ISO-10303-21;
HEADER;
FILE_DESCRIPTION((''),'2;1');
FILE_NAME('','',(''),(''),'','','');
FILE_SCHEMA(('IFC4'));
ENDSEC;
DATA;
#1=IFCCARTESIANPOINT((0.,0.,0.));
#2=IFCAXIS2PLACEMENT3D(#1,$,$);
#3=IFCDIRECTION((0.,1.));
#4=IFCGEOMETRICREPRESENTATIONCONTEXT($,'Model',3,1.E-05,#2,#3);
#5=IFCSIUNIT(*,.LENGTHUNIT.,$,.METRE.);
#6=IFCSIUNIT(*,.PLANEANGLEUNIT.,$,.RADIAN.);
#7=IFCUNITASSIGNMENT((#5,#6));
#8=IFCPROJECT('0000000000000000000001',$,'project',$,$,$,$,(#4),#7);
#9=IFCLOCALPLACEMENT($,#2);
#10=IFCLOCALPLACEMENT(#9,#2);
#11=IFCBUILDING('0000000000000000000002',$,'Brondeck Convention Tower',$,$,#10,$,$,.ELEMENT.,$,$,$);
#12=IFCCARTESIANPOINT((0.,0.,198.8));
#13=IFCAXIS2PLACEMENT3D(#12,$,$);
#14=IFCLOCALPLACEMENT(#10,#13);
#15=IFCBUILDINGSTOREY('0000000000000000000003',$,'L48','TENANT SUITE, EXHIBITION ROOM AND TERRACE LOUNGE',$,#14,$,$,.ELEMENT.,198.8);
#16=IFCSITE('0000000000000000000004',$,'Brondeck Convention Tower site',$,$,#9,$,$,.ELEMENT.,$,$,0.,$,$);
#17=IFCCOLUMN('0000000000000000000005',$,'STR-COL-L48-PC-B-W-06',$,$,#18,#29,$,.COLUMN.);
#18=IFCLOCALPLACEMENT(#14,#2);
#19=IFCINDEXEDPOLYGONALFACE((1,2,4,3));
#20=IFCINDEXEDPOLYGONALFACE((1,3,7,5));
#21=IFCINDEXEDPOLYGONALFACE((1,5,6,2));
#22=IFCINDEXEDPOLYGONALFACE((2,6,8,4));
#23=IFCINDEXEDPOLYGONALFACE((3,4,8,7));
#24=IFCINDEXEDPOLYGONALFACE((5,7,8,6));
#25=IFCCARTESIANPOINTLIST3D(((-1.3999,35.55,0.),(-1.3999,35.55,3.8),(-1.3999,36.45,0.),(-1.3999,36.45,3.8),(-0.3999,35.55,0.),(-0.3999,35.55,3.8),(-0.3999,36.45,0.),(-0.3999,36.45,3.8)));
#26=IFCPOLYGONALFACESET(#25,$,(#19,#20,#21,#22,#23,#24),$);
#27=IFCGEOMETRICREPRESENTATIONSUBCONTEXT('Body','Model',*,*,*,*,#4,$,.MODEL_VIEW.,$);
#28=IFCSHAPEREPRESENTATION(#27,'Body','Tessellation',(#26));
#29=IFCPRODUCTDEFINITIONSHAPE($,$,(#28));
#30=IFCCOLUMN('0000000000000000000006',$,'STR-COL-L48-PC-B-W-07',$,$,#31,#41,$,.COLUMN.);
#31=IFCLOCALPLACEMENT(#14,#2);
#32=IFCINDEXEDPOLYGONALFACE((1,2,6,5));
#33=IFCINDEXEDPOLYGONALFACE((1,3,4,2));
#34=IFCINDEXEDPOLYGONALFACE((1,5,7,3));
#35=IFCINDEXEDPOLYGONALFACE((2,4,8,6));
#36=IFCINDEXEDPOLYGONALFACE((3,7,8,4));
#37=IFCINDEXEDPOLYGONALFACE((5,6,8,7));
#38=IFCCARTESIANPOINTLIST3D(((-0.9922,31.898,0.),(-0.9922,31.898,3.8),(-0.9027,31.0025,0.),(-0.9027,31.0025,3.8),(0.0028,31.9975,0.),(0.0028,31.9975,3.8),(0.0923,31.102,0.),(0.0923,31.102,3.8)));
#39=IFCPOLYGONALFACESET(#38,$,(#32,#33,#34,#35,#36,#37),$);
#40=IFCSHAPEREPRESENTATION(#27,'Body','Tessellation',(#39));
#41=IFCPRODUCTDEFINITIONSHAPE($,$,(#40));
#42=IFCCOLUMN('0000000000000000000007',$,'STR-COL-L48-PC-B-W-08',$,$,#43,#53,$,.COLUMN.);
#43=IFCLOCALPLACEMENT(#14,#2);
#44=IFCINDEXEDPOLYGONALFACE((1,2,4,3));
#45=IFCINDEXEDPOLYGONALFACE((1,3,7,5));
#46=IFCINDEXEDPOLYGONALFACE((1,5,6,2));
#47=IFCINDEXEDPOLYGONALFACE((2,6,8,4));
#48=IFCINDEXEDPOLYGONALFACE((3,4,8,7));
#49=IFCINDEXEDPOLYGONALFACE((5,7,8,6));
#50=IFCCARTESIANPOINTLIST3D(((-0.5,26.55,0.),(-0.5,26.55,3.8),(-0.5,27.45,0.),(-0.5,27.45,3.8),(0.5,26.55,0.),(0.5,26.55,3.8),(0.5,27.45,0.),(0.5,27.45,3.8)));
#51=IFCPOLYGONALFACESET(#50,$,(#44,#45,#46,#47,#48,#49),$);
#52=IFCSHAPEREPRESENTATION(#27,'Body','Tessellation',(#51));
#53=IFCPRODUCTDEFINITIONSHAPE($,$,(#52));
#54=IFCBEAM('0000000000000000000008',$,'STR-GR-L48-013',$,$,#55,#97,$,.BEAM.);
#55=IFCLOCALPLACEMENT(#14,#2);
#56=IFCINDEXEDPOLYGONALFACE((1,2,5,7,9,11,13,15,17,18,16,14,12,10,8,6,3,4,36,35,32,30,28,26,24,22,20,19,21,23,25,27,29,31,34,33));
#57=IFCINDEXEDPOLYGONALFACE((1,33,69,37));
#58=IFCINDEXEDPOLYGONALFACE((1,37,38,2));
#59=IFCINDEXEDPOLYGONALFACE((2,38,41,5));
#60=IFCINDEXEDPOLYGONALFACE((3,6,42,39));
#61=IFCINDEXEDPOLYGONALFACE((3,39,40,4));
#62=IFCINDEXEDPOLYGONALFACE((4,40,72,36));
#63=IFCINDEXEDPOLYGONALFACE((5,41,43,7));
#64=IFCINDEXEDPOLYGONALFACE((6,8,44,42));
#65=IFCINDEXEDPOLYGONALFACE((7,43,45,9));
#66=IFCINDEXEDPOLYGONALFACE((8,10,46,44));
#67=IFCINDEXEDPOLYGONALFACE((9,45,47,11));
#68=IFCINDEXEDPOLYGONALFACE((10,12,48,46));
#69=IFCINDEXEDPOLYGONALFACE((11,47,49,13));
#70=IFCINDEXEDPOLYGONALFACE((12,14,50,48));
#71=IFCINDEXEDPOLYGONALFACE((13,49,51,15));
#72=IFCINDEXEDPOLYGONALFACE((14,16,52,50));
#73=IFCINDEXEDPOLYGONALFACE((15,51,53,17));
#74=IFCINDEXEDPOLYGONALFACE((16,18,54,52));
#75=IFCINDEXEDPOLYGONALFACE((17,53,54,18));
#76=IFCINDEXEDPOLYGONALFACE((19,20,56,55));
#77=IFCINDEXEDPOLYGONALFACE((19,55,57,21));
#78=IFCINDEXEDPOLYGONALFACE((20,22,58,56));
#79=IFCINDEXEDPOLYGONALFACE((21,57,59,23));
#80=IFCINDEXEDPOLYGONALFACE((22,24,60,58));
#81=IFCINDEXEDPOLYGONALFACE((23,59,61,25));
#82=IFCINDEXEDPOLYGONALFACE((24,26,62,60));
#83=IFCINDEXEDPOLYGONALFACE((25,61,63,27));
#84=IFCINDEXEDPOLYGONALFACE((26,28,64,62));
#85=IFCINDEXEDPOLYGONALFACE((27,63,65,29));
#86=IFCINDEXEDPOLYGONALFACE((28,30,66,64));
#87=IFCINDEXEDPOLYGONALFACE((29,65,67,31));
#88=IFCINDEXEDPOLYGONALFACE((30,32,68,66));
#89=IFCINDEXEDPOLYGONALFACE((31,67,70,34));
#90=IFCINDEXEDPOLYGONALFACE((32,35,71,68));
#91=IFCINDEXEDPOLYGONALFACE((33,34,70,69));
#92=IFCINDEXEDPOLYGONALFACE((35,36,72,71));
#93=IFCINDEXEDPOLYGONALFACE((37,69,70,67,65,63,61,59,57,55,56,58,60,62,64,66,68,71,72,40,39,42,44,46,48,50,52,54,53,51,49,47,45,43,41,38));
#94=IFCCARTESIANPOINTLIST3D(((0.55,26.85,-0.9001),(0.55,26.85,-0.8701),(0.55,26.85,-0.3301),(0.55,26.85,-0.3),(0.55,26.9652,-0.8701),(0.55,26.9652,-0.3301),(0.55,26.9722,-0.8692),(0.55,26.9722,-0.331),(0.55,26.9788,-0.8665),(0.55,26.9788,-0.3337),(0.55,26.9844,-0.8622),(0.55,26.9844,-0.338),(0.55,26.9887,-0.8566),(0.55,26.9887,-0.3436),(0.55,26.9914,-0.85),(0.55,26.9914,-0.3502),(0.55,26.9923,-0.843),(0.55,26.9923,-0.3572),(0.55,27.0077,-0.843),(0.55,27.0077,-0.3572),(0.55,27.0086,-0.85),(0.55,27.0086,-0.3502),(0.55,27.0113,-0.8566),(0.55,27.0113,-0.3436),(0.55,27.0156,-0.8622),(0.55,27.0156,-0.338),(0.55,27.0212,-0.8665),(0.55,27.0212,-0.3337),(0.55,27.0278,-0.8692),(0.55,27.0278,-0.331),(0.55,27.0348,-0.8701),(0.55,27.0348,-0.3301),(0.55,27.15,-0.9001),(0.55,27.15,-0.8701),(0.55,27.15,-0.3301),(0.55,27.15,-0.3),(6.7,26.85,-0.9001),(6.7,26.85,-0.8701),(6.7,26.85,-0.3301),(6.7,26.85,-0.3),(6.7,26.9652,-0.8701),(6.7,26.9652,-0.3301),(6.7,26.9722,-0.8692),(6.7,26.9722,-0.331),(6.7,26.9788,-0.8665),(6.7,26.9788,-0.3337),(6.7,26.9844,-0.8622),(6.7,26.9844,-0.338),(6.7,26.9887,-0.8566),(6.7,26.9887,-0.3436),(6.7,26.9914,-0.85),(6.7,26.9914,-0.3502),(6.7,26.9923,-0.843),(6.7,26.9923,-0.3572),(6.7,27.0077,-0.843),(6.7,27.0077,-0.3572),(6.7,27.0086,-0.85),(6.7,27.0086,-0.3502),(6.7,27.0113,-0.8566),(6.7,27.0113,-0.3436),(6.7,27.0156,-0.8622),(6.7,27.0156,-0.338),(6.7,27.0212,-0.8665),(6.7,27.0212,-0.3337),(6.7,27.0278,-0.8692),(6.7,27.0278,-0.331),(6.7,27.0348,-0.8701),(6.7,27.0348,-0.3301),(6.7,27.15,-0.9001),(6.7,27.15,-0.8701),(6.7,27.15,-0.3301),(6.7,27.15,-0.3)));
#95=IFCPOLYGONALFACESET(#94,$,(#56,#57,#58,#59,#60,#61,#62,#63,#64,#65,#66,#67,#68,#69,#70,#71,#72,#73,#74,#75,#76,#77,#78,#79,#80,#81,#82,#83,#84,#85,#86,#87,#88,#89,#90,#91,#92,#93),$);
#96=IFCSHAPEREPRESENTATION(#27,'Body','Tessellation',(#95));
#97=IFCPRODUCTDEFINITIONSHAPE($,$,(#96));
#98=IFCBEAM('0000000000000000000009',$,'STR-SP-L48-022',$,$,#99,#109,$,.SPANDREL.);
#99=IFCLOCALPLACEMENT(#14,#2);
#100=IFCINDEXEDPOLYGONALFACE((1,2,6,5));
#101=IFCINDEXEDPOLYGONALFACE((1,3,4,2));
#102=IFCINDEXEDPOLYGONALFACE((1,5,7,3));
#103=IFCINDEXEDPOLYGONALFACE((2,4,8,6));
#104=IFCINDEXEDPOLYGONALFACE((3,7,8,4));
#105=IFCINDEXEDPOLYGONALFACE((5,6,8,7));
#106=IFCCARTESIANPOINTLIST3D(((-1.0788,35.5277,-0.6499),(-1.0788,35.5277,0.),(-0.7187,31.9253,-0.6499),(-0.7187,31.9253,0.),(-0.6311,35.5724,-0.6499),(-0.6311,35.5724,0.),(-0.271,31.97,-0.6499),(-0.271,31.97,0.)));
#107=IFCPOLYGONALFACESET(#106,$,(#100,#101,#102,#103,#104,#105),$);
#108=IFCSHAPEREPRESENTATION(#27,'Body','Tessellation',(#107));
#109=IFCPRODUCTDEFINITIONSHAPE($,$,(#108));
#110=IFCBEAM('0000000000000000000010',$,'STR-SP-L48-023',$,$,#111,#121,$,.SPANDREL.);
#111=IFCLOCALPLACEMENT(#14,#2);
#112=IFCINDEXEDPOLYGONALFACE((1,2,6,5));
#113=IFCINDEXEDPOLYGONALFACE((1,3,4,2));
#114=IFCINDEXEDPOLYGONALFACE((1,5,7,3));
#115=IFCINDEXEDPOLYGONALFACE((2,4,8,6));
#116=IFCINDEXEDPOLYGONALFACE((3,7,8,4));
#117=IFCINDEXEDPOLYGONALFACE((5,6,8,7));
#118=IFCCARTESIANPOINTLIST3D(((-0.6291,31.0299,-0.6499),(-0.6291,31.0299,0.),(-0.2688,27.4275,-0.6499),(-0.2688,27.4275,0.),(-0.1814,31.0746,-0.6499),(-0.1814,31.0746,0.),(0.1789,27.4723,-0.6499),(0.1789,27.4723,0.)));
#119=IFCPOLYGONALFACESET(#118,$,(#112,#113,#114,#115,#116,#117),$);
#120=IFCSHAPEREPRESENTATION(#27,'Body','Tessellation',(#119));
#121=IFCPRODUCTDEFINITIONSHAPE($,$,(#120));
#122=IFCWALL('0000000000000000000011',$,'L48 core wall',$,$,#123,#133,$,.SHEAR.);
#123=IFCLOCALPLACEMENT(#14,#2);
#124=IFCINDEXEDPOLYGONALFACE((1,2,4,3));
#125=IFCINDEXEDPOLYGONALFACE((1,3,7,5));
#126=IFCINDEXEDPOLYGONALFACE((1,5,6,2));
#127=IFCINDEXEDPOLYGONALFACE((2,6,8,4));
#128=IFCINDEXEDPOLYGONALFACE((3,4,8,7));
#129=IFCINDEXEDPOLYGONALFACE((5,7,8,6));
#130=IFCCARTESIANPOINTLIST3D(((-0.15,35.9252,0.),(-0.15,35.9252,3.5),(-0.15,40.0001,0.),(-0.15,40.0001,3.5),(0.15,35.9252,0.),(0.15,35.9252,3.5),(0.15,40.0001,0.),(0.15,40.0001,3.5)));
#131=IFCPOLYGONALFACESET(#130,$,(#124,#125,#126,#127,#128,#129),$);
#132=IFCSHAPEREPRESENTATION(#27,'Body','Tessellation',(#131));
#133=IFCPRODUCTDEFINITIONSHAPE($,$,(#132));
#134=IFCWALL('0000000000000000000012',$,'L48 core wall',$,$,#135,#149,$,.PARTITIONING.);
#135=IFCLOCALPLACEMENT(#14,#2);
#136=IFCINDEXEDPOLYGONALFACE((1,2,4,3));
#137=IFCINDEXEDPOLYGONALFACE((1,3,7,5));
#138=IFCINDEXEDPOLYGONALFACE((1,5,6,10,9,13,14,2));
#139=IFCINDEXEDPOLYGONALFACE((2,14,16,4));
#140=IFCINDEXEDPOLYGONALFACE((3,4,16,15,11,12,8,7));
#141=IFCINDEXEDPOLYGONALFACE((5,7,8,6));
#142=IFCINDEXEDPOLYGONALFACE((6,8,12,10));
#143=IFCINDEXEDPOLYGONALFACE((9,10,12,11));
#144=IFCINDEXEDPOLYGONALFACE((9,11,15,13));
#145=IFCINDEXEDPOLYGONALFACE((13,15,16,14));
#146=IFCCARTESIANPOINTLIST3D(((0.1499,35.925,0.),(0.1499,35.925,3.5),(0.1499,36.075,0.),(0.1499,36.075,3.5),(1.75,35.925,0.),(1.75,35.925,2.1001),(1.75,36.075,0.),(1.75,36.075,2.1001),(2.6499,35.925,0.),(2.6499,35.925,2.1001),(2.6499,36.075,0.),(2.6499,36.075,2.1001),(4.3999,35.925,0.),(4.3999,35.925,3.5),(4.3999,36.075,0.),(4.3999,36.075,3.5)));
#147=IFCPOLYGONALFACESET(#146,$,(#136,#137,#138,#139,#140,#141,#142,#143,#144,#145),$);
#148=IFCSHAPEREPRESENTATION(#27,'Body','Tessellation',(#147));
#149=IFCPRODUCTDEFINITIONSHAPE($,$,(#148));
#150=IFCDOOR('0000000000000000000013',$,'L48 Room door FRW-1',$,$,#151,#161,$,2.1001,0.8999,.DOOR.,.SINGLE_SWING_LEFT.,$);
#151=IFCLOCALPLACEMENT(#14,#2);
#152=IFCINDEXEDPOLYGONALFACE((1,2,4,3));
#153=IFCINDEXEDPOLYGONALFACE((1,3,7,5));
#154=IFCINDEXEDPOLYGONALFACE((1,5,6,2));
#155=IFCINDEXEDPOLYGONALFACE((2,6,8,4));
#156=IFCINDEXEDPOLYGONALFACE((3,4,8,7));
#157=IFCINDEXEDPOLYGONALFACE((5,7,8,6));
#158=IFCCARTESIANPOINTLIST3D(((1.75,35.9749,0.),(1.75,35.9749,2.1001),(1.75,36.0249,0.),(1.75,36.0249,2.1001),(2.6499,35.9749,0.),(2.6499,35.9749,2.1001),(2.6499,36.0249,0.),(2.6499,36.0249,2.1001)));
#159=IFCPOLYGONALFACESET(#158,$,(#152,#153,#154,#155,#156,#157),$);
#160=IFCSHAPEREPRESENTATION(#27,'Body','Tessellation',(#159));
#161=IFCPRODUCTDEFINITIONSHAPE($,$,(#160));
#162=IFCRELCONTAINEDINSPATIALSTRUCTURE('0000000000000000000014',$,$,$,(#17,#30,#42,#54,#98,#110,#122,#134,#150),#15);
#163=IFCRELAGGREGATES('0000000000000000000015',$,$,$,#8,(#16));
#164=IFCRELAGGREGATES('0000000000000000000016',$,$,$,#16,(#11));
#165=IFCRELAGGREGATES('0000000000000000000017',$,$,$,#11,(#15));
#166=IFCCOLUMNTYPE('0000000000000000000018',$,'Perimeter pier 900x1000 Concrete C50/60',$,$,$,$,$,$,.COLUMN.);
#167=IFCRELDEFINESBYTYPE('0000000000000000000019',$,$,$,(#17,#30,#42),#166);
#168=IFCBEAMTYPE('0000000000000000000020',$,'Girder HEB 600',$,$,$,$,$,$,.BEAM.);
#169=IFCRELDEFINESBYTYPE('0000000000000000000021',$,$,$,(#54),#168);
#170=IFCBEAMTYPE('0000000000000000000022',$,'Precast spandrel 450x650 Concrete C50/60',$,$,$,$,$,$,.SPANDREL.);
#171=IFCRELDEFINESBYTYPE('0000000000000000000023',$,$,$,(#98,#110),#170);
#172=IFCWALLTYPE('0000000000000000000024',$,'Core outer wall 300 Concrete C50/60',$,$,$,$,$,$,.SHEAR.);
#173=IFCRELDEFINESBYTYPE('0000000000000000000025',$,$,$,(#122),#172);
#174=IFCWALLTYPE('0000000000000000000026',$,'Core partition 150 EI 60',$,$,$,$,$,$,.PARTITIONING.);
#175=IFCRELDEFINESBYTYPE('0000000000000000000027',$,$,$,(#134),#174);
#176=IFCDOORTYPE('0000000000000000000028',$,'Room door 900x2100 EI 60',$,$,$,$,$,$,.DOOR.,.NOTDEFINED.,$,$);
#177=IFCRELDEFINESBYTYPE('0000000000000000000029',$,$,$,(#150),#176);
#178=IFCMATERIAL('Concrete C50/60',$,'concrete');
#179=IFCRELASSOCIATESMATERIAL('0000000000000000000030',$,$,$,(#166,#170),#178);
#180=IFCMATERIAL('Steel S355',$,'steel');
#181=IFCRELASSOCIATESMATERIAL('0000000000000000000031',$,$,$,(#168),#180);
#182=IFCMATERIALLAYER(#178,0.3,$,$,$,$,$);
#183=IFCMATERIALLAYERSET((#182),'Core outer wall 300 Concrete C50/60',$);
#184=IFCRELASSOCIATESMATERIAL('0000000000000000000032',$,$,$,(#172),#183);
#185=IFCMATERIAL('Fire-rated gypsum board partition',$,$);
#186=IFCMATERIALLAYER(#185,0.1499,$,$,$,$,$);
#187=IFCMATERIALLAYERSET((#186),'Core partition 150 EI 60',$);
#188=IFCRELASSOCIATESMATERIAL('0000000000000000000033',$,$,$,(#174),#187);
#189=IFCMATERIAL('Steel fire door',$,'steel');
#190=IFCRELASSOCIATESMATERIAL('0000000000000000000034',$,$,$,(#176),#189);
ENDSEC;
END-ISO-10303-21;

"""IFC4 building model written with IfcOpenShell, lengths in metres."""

from ifc_helpers import new_model, si_unit, direction, frame, frame_2d, origin, origin_2d, place, context, subcontext, project, spatial, rectangle, i_section, extrude, material, layer, layer_set, material_profile, profile_set, type_object, element, fill, save


model = new_model("IFC4")

# Units and contexts
model_context = context("Model", 3, precision=1e-05, world=origin(), true_north=direction((0.0, 1.0)))
body_context = subcontext(model_context, "Body", "Model", "MODEL_VIEW")
ifc_project = project(units=[si_unit("LENGTHUNIT", "METRE"), si_unit("PLANEANGLEUNIT", "RADIAN")], contexts=[model_context])

# Site, building, storey
site_placement = place(None, origin())
site = spatial("IfcSite", under=ifc_project, at=site_placement, Name="Brondeck Convention Tower site", CompositionType="ELEMENT", RefElevation=0.0)
building_placement = place(site_placement, origin())
building = spatial("IfcBuilding", under=site, at=building_placement, Name="Brondeck Convention Tower", CompositionType="ELEMENT")
storey_placement = place(building_placement, frame((0.0, 0.0, 198.8)))
storey = spatial("IfcBuildingStorey", under=building, at=storey_placement, Name="L48", Description="TENANT SUITE, EXHIBITION ROOM AND TERRACE LOUNGE", CompositionType="ELEMENT", Elevation=198.8)

# Columns
ifc_material_1 = material(Name="Concrete C50/60", Category="concrete")
ifc_material_profile_1 = material_profile(ifc_material_1, rectangle(XDim=0.8999, YDim=1.0, at=origin_2d()), Name="Perimeter pier 900x1000 Concrete C50/60")
ifc_profile_set_1 = profile_set([ifc_material_profile_1], Name="Concrete C50/60")
column_type = type_object("IfcColumnType", Name="Perimeter pier 900x1000 Concrete C50/60", PredefinedType="COLUMN", material=ifc_profile_set_1)
for number, where, z_axis, x_axis, name in (
    (1, (-0.8999, 36.0, 0.0), (0.0, 0.0, 1.0), (0.0, -1.0, 0.0), "STR-COL-L48-PC-B-W-06"),
    (2, (-0.45, 31.5, 0.0), (0.0, 0.0, 1.0), (0.099504, -0.995037, 0.0), "STR-COL-L48-PC-B-W-07"),
    (3, (0.0, 27.0, 0.0), (0.0, 0.0, 1.0), (0.0, -1.0, 0.0), "STR-COL-L48-PC-B-W-08"),
):
    element("IfcColumn", number, at=place(storey_placement, frame(where, z_axis=z_axis, x_axis=x_axis)), inside=storey, type_object=column_type, Name=name, PredefinedType="COLUMN", context=body_context, shape_type="SweptSolid", body=[
        extrude(rectangle(XDim=0.8999, YDim=1.0, at=origin_2d()), origin(), (0.0, 0.0, 1.0), 3.8),
    ])

# Beams
ifc_material_2 = material(Name="Steel S355", Category="steel")
ifc_material_profile_2 = material_profile(ifc_material_2, i_section(OverallWidth=0.3, OverallDepth=0.6001, WebThickness=0.0154, FlangeThickness=0.03, FilletRadius=0.0271, at=origin_2d()), Name="HEB 600")
ifc_profile_set_2 = profile_set([ifc_material_profile_2], Name="Steel S355")
beam_type_1 = type_object("IfcBeamType", Name="Girder HEB 600", PredefinedType="BEAM", material=ifc_profile_set_2)
beam_placement = place(storey_placement, frame((0.55, 27.0, -0.6001), z_axis=(1.0, 0.0, 0.0), x_axis=(0.0, 1.0, 0.0)))
element("IfcBeam", 4, at=beam_placement, inside=storey, type_object=beam_type_1, Name="STR-GR-L48-013", PredefinedType="BEAM", context=body_context, shape_type="SweptSolid", body=[
    extrude(i_section(OverallWidth=0.3, OverallDepth=0.6001, WebThickness=0.0154, FlangeThickness=0.03, FilletRadius=0.0271, at=origin_2d()), origin(), (0.0, 0.0, 1.0), 6.1499),
])
ifc_material_profile_3 = material_profile(ifc_material_1, rectangle(XDim=0.45, YDim=0.6499, at=origin_2d()), Name="Precast spandrel 450x650 Concrete C50/60")
ifc_profile_set_3 = profile_set([ifc_material_profile_3], Name="Concrete C50/60")
beam_type_2 = type_object("IfcBeamType", Name="Precast spandrel 450x650 Concrete C50/60", PredefinedType="SPANDREL", material=ifc_profile_set_3)
for number, where, z_axis, x_axis, name in (
    (5, (-0.855, 35.55, -0.325), (0.09947, -0.995041, 0.0), (0.995041, 0.09947, 0.0), "STR-SP-L48-022"),
    (6, (-0.4053, 31.0522, -0.325), (0.099537, -0.995034, 0.0), (0.995034, 0.099537, 0.0), "STR-SP-L48-023"),
):
    element("IfcBeam", number, at=place(storey_placement, frame(where, z_axis=z_axis, x_axis=x_axis)), inside=storey, type_object=beam_type_2, Name=name, PredefinedType="SPANDREL", context=body_context, shape_type="SweptSolid", body=[
        extrude(rectangle(XDim=0.45, YDim=0.6499, at=origin_2d()), origin(), (0.0, 0.0, 1.0), 3.6204),
    ])

# Wall
ifc_layer_1 = layer(ifc_material_1, 0.3)
ifc_layer_set_1 = layer_set([ifc_layer_1], Name="Core outer wall 300 Concrete C50/60")
wall_type_1 = type_object("IfcWallType", Name="Core outer wall 300 Concrete C50/60", PredefinedType="SHEAR", material=ifc_layer_set_1)
wall_1_placement = place(storey_placement, frame((0.0, 35.925, 0.0), z_axis=(0.0, 0.0, 1.0), x_axis=(0.0, 1.0, 0.0)))
element("IfcWall", 7, at=wall_1_placement, inside=storey, type_object=wall_type_1, Name="L48 core wall", PredefinedType="SHEAR", context=body_context, shape_type="SweptSolid", body=[
    extrude(rectangle(XDim=4.075, YDim=0.3, at=frame_2d((2.0376, 0.0))), origin(), (0.0, 0.0, 1.0), 3.5),
])

# Wall, opening, door
ifc_material_3 = material(Name="Fire-rated gypsum board partition")
ifc_layer_2 = layer(ifc_material_3, 0.1499)
ifc_layer_set_2 = layer_set([ifc_layer_2], Name="Core partition 150 EI 60")
wall_type_2 = type_object("IfcWallType", Name="Core partition 150 EI 60", PredefinedType="PARTITIONING", material=ifc_layer_set_2)
wall_2_placement = place(storey_placement, frame((0.1499, 36.0, 0.0), z_axis=(0.0, 0.0, 1.0), x_axis=(1.0, 0.0, 0.0)))
wall_2 = element("IfcWall", 8, at=wall_2_placement, inside=storey, type_object=wall_type_2, Name="L48 core wall", PredefinedType="PARTITIONING", context=body_context, shape_type="SweptSolid", body=[
    extrude(rectangle(XDim=4.25, YDim=0.1499, at=frame_2d((2.125, 0.0))), origin(), (0.0, 0.0, 1.0), 3.5),
])
opening_1_placement = place(wall_2_placement, frame((1.6001, 0.0, 0.0)))
opening_1 = element("IfcOpeningElement", 9, at=opening_1_placement, cuts=wall_2, PredefinedType="OPENING", context=body_context, shape_type="SweptSolid", body=[
    extrude(rectangle(XDim=0.8999, YDim=2.1001, at=frame_2d((0.45, 1.05))), frame((0.0, 0.085, 0.0), z_axis=(0.0, -1.0, 0.0), x_axis=(1.0, 0.0, 0.0)), (0.0, 0.0, 1.0), 0.1699),
])
ifc_material_4 = material(Name="Steel fire door", Category="steel")
door_type_1 = type_object("IfcDoorType", Name="Room door 900x2100 EI 60", OperationType="NOTDEFINED", PredefinedType="DOOR", material=ifc_material_4)
door_1_placement = place(opening_1_placement, origin())
door_1 = element("IfcDoor", 10, at=door_1_placement, inside=storey, type_object=door_type_1, Name="L48 Room door FRW-1", OperationType="SINGLE_SWING_LEFT", OverallHeight=2.1001, OverallWidth=0.8999, PredefinedType="DOOR", context=body_context, shape_type="SweptSolid", body=[
    extrude(rectangle(XDim=0.8999, YDim=2.1001, at=frame_2d((0.45, 1.05))), frame((0.0, 0.0249, 0.0), z_axis=(0.0, -1.0, 0.0), x_axis=(1.0, 0.0, 0.0)), (0.0, 0.0, 1.0), 0.05),
])
fill(opening_1, door_1)

save(model, "model.ifc")
